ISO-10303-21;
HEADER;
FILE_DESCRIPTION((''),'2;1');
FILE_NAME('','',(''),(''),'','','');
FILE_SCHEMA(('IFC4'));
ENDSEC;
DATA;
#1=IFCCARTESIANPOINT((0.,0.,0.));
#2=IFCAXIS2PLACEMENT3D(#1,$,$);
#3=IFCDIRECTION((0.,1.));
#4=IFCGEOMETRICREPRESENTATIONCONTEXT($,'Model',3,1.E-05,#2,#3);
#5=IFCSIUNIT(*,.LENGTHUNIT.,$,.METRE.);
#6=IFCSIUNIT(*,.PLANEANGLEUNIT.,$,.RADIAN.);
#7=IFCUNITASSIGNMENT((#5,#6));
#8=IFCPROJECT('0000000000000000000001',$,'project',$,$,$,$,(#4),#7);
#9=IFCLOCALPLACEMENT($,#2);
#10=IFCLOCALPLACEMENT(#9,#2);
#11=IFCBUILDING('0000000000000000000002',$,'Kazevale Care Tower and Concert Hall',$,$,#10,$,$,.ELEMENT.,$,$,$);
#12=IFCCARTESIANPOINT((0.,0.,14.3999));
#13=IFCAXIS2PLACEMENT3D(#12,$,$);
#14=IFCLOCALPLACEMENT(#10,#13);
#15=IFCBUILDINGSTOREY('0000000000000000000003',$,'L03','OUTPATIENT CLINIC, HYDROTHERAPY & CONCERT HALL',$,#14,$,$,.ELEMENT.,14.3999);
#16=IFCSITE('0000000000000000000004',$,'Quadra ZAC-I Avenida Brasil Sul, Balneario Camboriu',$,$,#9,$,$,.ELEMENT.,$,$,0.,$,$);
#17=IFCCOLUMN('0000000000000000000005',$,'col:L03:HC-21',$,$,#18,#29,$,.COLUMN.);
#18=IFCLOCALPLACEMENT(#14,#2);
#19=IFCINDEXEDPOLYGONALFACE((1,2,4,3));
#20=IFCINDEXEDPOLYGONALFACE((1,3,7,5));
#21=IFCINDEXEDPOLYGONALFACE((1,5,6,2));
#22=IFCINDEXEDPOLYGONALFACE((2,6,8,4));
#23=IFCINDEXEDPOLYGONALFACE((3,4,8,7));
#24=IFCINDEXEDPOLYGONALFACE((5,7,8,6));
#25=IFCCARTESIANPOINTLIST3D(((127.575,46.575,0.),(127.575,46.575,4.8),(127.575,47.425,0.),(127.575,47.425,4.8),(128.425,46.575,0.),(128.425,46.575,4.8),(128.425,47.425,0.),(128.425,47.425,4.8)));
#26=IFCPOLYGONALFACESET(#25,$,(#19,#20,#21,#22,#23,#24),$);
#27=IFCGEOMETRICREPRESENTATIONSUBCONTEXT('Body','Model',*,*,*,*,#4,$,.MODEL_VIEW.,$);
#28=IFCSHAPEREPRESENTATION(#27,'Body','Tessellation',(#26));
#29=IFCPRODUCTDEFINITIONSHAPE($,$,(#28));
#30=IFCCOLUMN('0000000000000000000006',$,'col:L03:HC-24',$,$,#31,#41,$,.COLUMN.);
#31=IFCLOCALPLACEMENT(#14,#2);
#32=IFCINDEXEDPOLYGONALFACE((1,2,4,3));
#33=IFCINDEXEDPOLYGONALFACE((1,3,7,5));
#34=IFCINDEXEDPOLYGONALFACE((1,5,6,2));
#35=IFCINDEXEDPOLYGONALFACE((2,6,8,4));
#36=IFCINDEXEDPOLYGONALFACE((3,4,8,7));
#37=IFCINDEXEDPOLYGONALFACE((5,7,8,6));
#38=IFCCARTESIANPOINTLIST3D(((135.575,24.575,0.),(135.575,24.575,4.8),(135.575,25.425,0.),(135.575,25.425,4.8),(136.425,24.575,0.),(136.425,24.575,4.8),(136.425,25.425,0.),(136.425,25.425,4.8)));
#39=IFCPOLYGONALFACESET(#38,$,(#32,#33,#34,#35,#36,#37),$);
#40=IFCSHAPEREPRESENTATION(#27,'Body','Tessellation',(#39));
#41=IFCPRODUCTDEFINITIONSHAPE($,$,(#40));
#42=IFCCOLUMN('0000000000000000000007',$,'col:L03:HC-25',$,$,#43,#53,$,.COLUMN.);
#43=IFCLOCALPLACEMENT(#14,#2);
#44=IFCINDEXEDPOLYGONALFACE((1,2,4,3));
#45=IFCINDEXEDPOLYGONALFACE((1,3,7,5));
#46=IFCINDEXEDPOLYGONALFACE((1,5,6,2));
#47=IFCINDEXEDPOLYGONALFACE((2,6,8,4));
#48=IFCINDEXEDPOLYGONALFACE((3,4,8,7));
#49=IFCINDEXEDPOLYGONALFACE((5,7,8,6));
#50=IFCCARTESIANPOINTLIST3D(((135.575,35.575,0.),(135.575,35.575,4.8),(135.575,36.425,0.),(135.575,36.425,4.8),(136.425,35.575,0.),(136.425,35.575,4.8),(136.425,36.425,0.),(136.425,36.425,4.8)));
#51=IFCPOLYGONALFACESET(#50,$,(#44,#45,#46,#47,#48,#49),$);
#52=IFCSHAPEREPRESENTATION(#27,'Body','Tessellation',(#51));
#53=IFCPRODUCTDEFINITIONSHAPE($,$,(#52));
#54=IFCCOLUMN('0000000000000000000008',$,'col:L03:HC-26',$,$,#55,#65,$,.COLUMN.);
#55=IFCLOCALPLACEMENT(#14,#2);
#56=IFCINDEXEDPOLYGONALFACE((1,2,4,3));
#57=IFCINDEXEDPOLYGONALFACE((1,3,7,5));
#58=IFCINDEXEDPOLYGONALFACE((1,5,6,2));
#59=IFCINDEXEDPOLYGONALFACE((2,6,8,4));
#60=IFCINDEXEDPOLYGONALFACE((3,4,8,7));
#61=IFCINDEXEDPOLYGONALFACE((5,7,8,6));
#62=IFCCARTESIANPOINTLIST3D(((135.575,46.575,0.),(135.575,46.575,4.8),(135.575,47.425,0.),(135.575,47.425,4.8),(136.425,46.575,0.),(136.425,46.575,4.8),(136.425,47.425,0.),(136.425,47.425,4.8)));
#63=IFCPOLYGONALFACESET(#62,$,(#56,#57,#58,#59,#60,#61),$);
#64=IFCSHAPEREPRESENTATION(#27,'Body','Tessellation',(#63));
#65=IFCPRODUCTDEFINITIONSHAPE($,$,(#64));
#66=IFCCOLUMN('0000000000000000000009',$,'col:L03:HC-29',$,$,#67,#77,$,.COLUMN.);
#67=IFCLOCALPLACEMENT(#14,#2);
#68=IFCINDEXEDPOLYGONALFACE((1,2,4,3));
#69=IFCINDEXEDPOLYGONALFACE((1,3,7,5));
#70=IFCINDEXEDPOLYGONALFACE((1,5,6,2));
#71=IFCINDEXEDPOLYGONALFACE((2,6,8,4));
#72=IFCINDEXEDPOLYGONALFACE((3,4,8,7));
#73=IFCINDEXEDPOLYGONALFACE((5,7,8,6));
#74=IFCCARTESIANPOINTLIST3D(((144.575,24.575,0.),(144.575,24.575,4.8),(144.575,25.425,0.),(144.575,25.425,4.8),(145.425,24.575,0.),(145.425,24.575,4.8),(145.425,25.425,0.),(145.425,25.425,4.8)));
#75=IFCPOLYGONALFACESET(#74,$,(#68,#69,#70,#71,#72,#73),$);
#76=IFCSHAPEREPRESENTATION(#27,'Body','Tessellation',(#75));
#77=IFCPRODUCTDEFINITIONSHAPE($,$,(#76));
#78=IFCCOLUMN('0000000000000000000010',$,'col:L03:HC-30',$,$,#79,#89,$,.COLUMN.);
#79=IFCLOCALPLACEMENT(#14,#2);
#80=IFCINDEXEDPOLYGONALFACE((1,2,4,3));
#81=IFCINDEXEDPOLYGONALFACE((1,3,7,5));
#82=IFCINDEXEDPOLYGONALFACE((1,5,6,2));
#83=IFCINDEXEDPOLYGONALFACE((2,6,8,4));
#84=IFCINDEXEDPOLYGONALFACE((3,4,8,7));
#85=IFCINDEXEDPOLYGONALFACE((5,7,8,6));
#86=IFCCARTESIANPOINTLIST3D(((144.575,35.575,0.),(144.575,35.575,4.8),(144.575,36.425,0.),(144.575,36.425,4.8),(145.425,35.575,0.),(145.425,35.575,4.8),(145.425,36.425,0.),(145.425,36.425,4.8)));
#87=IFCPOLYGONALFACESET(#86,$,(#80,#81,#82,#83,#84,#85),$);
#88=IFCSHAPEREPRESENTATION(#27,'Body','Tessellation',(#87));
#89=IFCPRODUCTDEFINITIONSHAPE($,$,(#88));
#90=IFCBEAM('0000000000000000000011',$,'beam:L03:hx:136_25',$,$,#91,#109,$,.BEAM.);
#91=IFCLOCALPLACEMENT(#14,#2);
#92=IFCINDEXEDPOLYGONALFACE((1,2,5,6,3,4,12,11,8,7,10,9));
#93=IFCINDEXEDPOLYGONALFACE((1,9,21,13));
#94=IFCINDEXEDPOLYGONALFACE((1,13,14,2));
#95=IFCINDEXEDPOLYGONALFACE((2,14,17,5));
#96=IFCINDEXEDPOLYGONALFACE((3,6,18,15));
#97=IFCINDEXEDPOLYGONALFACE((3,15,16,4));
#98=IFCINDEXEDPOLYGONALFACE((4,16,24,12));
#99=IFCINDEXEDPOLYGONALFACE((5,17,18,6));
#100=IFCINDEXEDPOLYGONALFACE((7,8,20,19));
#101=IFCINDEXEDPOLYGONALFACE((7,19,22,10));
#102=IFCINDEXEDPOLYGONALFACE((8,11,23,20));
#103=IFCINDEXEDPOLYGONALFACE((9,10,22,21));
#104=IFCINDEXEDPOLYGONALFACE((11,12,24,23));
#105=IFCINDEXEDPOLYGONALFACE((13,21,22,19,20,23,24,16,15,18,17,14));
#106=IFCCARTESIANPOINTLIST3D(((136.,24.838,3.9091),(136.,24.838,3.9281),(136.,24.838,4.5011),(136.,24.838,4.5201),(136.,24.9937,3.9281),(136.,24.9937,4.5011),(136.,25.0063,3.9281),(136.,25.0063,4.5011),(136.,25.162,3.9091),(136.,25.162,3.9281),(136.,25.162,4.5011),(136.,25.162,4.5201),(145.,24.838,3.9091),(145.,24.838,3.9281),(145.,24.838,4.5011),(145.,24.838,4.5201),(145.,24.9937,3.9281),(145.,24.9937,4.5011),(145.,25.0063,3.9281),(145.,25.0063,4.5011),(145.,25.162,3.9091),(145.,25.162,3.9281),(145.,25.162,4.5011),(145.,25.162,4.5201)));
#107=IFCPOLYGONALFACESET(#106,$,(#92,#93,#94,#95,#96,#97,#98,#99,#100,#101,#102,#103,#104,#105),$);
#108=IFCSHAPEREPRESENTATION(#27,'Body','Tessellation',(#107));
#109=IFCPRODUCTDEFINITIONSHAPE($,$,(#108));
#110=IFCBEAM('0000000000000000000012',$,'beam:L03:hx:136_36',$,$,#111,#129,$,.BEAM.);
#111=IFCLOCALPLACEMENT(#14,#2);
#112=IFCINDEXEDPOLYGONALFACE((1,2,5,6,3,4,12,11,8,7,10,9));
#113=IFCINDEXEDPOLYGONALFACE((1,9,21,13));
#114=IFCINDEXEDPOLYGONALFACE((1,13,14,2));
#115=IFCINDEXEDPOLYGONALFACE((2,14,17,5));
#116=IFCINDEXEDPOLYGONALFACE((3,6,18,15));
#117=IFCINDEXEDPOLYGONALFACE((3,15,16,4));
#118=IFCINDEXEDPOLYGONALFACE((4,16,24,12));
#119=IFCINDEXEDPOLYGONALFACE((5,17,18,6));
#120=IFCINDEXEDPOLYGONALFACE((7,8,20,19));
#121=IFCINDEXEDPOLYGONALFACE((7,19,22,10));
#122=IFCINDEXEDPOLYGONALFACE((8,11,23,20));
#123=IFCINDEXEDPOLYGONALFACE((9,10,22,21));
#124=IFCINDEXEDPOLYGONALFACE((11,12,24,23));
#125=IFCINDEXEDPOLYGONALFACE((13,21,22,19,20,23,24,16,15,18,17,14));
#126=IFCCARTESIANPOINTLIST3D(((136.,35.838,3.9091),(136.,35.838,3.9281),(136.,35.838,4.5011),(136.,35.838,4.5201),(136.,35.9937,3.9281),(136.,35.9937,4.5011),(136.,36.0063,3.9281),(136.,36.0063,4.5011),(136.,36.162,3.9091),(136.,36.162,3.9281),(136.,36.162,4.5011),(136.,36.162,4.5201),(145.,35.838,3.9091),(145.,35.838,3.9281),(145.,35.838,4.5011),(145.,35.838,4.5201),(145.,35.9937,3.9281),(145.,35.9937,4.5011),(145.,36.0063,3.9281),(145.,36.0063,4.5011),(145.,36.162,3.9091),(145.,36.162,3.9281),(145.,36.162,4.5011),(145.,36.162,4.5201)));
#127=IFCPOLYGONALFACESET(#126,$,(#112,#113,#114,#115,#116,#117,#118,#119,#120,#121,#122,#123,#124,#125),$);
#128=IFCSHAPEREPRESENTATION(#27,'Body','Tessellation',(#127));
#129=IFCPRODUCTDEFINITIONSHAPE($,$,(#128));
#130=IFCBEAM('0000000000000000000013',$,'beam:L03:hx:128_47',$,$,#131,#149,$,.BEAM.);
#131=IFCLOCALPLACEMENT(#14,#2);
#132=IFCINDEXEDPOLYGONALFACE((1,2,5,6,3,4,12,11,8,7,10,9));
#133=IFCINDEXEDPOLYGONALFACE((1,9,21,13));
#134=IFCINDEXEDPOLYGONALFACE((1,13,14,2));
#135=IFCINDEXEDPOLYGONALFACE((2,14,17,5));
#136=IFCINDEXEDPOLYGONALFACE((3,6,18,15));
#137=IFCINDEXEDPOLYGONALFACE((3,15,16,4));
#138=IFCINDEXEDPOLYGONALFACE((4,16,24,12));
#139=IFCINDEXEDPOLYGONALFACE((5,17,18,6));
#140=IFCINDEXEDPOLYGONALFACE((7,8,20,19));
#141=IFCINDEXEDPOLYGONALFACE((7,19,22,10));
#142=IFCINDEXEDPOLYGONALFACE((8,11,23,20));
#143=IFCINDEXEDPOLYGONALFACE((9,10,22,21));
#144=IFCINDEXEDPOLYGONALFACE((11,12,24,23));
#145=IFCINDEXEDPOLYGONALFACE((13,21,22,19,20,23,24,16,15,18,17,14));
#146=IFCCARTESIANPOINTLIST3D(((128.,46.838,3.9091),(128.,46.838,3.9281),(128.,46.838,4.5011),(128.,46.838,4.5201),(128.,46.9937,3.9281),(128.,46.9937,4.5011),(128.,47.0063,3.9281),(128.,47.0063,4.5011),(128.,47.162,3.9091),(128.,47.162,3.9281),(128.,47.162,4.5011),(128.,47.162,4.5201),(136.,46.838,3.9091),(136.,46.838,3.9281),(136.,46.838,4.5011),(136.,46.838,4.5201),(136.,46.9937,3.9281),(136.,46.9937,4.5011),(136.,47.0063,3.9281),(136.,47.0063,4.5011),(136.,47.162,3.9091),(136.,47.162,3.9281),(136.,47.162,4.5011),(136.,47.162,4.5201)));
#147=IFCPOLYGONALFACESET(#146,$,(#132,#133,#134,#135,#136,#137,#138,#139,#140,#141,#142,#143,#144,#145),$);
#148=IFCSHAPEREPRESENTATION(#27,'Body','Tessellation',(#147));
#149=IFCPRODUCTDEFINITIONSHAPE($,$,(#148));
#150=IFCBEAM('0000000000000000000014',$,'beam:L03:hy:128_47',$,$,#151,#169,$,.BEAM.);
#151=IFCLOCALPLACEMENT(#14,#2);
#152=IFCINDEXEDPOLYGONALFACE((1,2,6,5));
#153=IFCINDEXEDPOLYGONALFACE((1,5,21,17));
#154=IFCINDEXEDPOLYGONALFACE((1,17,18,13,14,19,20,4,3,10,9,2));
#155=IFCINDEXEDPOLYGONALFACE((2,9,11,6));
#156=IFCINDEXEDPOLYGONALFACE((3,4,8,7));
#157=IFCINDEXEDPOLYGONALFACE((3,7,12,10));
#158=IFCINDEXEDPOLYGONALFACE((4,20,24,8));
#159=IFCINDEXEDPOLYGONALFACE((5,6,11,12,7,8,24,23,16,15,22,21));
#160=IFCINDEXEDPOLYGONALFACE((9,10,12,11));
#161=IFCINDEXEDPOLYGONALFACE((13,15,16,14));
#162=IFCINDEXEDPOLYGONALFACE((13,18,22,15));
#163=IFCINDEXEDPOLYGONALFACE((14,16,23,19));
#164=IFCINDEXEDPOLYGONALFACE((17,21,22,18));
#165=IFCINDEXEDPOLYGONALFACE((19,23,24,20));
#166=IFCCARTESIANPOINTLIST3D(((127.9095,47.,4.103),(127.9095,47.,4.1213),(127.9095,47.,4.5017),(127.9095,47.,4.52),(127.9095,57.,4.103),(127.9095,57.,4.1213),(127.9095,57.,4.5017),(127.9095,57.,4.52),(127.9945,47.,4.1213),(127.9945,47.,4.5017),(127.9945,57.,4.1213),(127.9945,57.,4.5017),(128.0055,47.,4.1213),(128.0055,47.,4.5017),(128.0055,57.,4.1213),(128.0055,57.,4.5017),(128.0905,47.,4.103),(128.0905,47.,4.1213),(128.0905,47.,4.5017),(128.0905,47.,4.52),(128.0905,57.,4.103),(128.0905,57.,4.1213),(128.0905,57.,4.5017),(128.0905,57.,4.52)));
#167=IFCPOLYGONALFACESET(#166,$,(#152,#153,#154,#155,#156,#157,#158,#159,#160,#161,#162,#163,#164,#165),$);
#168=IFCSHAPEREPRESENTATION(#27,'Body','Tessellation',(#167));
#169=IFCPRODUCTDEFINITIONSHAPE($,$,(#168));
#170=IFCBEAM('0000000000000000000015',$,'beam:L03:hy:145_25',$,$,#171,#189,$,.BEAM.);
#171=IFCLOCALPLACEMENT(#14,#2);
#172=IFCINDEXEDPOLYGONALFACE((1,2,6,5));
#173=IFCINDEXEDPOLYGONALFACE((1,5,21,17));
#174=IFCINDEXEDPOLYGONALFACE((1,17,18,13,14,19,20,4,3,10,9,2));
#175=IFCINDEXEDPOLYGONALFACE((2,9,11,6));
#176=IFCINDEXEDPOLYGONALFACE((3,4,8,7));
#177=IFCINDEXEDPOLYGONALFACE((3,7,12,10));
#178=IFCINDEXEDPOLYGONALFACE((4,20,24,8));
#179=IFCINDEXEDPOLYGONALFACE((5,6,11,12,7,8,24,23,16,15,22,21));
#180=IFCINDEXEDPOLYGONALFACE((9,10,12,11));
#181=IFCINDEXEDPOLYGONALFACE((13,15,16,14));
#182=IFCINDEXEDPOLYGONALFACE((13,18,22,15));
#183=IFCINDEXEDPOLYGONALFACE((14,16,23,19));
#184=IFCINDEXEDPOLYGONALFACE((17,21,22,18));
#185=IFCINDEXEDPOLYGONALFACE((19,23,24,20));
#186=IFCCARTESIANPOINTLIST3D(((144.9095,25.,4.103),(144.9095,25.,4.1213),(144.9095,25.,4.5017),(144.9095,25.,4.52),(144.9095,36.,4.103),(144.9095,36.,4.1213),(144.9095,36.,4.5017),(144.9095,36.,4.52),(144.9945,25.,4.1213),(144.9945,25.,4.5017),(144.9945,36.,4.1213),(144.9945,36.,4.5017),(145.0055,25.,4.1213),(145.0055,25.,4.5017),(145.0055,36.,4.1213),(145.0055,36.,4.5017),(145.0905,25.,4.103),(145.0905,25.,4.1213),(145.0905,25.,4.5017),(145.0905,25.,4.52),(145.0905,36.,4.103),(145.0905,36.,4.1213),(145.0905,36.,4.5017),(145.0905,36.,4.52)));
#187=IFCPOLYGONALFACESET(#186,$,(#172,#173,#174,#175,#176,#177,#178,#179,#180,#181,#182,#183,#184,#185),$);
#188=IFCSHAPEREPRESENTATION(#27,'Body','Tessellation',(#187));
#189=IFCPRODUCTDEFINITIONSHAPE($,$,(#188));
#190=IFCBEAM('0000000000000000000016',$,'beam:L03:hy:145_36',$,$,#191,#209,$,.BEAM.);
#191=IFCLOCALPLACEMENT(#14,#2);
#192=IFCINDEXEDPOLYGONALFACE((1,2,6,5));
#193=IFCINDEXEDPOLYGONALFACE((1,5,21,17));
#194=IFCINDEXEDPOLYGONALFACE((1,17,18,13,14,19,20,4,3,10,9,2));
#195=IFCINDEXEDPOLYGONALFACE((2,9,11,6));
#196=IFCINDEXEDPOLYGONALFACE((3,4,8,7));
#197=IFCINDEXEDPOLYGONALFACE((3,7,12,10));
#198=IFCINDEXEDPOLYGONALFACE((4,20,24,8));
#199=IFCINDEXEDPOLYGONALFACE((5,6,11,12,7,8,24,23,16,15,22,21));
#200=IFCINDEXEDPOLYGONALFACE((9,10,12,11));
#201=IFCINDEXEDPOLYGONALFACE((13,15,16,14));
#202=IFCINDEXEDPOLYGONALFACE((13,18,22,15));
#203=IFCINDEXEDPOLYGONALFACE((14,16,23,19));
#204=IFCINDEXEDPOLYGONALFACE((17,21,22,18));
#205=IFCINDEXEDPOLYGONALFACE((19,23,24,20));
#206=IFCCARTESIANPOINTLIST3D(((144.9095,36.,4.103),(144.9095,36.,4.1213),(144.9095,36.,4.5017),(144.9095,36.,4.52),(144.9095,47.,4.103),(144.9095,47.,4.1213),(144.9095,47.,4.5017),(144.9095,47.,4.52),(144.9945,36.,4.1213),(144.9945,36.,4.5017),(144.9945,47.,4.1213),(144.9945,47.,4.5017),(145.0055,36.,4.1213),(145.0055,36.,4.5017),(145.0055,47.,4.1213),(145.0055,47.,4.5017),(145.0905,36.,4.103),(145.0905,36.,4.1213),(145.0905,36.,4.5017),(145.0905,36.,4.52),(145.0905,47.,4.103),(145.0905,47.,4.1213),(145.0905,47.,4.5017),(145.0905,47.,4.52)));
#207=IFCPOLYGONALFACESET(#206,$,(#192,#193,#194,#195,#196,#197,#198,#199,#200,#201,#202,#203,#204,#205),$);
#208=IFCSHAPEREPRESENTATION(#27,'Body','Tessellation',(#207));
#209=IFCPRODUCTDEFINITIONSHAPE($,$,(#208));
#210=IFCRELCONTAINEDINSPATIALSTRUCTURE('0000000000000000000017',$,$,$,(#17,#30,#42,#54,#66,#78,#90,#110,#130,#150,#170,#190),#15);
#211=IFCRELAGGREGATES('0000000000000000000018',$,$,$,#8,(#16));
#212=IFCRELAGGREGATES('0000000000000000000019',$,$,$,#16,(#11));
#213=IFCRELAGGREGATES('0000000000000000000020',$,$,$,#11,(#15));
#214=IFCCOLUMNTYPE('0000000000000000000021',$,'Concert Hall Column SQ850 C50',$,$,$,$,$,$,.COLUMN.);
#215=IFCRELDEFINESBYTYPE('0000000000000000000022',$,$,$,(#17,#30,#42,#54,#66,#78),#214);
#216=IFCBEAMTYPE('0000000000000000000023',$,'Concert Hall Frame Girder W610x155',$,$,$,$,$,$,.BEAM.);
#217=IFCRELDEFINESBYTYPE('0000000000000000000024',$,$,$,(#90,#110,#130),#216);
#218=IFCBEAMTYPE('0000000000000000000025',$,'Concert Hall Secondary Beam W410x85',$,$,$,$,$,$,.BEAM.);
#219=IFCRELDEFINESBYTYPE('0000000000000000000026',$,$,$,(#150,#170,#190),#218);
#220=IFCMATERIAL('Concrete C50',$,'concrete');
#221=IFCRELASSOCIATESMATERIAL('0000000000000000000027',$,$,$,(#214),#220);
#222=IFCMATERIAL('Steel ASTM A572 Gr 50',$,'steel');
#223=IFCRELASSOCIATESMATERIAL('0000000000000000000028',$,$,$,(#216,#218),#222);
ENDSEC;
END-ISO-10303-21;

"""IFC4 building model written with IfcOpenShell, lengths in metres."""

from ifc_helpers import new_model, si_unit, direction, frame, origin, origin_2d, place, context, subcontext, project, spatial, rectangle, i_section, extrude, material, material_profile, profile_set, type_object, element, save


model = new_model("IFC4")

# Units and contexts
model_context = context("Model", 3, precision=1e-05, world=origin(), true_north=direction((0.0, 1.0)))
body_context = subcontext(model_context, "Body", "Model", "MODEL_VIEW")
ifc_project = project(units=[si_unit("LENGTHUNIT", "METRE"), si_unit("PLANEANGLEUNIT", "RADIAN")], contexts=[model_context])

# Site, building, storey
site_placement = place(None, origin())
site = spatial("IfcSite", under=ifc_project, at=site_placement, Name="Quadra ZAC-I Avenida Brasil Sul, Balneario Camboriu", CompositionType="ELEMENT", RefElevation=0.0)
building_placement = place(site_placement, origin())
building = spatial("IfcBuilding", under=site, at=building_placement, Name="Kazevale Care Tower and Concert Hall", CompositionType="ELEMENT")
storey_placement = place(building_placement, frame((0.0, 0.0, 14.3999)))
storey = spatial("IfcBuildingStorey", under=building, at=storey_placement, Name="L03", Description="OUTPATIENT CLINIC, HYDROTHERAPY & CONCERT HALL", CompositionType="ELEMENT", Elevation=14.3999)

# Columns
ifc_material_1 = material(Name="Concrete C50", Category="concrete")
ifc_material_profile_1 = material_profile(ifc_material_1, rectangle(XDim=0.8501, YDim=0.8501, at=origin_2d()), Name="RC-SQ850")
ifc_profile_set_1 = profile_set([ifc_material_profile_1], Name="Concrete C50")
column_type = type_object("IfcColumnType", Name="Concert Hall Column SQ850 C50", PredefinedType="COLUMN", material=ifc_profile_set_1)
for number, where, z_axis, x_axis, name in (
    (1, (128.0, 47.0, 0.0), (0.0, 0.0, 1.0), (1.0, 0.0, 0.0), "col:L03:HC-21"),
    (2, (136.0, 25.0, 0.0), (0.0, 0.0, 1.0), (1.0, 0.0, 0.0), "col:L03:HC-24"),
    (3, (136.0, 36.0, 0.0), (0.0, 0.0, 1.0), (1.0, 0.0, 0.0), "col:L03:HC-25"),
    (4, (136.0, 47.0, 0.0), (0.0, 0.0, 1.0), (1.0, 0.0, 0.0), "col:L03:HC-26"),
    (5, (145.0, 25.0, 0.0), (0.0, 0.0, 1.0), (1.0, 0.0, 0.0), "col:L03:HC-29"),
    (6, (145.0, 36.0, 0.0), (0.0, 0.0, 1.0), (1.0, 0.0, 0.0), "col:L03:HC-30"),
):
    element("IfcColumn", number, at=place(storey_placement, frame(where, z_axis=z_axis, x_axis=x_axis)), inside=storey, type_object=column_type, Name=name, PredefinedType="COLUMN", context=body_context, shape_type="SweptSolid", body=[
        extrude(rectangle(XDim=0.8501, YDim=0.8501, at=origin_2d()), origin(), (0.0, 0.0, 1.0), 4.8),
    ])

# Beams
ifc_material_2 = material(Name="Steel ASTM A572 Gr 50", Category="steel")
ifc_material_profile_2 = material_profile(ifc_material_2, i_section(OverallWidth=0.324, OverallDepth=0.6111, WebThickness=0.0127, FlangeThickness=0.019, at=origin_2d()), Name="W610x155")
ifc_profile_set_2 = profile_set([ifc_material_profile_2], Name="Steel ASTM A572 Gr 50")
beam_type_1 = type_object("IfcBeamType", Name="Concert Hall Frame Girder W610x155", PredefinedType="BEAM", material=ifc_profile_set_2)
for number, where, z_axis, x_axis, name in (
    (7, (136.0, 25.0, 4.2146), (1.0, 0.0, 0.0), (0.0, 1.0, 0.0), "beam:L03:hx:136_25"),
    (8, (136.0, 36.0, 4.2146), (1.0, 0.0, 0.0), (0.0, 1.0, 0.0), "beam:L03:hx:136_36"),
):
    element("IfcBeam", number, at=place(storey_placement, frame(where, z_axis=z_axis, x_axis=x_axis)), inside=storey, type_object=beam_type_1, Name=name, PredefinedType="BEAM", context=body_context, shape_type="SweptSolid", body=[
        extrude(i_section(OverallWidth=0.324, OverallDepth=0.6111, WebThickness=0.0127, FlangeThickness=0.019, at=origin_2d()), origin(), (0.0, 0.0, 1.0), 9.0),
    ])
beam_1_placement = place(storey_placement, frame((128.0, 47.0, 4.2146), z_axis=(1.0, 0.0, 0.0), x_axis=(0.0, 1.0, 0.0)))
element("IfcBeam", 9, at=beam_1_placement, inside=storey, type_object=beam_type_1, Name="beam:L03:hx:128_47", PredefinedType="BEAM", context=body_context, shape_type="SweptSolid", body=[
    extrude(i_section(OverallWidth=0.324, OverallDepth=0.6111, WebThickness=0.0127, FlangeThickness=0.019, at=origin_2d()), origin(), (0.0, 0.0, 1.0), 8.0),
])
ifc_material_profile_3 = material_profile(ifc_material_2, i_section(OverallWidth=0.1809, OverallDepth=0.417, WebThickness=0.011, FlangeThickness=0.0183, at=origin_2d()), Name="W410x85")
ifc_profile_set_3 = profile_set([ifc_material_profile_3], Name="Steel ASTM A572 Gr 50")
beam_type_2 = type_object("IfcBeamType", Name="Concert Hall Secondary Beam W410x85", PredefinedType="BEAM", material=ifc_profile_set_3)
beam_2_placement = place(storey_placement, frame((128.0, 47.0, 4.3115), z_axis=(0.0, 1.0, 0.0), x_axis=(-1.0, 0.0, 0.0)))
element("IfcBeam", 10, at=beam_2_placement, inside=storey, type_object=beam_type_2, Name="beam:L03:hy:128_47", PredefinedType="BEAM", context=body_context, shape_type="SweptSolid", body=[
    extrude(i_section(OverallWidth=0.1809, OverallDepth=0.417, WebThickness=0.011, FlangeThickness=0.0183, at=origin_2d()), origin(), (0.0, 0.0, 1.0), 10.0),
])
for number, where, z_axis, x_axis, name in (
    (11, (145.0, 25.0, 4.3115), (0.0, 1.0, 0.0), (-1.0, 0.0, 0.0), "beam:L03:hy:145_25"),
    (12, (145.0, 36.0, 4.3115), (0.0, 1.0, 0.0), (-1.0, 0.0, 0.0), "beam:L03:hy:145_36"),
):
    element("IfcBeam", number, at=place(storey_placement, frame(where, z_axis=z_axis, x_axis=x_axis)), inside=storey, type_object=beam_type_2, Name=name, PredefinedType="BEAM", context=body_context, shape_type="SweptSolid", body=[
        extrude(i_section(OverallWidth=0.1809, OverallDepth=0.417, WebThickness=0.011, FlangeThickness=0.0183, at=origin_2d()), origin(), (0.0, 0.0, 1.0), 11.0),
    ])

save(model, "model.ifc")
